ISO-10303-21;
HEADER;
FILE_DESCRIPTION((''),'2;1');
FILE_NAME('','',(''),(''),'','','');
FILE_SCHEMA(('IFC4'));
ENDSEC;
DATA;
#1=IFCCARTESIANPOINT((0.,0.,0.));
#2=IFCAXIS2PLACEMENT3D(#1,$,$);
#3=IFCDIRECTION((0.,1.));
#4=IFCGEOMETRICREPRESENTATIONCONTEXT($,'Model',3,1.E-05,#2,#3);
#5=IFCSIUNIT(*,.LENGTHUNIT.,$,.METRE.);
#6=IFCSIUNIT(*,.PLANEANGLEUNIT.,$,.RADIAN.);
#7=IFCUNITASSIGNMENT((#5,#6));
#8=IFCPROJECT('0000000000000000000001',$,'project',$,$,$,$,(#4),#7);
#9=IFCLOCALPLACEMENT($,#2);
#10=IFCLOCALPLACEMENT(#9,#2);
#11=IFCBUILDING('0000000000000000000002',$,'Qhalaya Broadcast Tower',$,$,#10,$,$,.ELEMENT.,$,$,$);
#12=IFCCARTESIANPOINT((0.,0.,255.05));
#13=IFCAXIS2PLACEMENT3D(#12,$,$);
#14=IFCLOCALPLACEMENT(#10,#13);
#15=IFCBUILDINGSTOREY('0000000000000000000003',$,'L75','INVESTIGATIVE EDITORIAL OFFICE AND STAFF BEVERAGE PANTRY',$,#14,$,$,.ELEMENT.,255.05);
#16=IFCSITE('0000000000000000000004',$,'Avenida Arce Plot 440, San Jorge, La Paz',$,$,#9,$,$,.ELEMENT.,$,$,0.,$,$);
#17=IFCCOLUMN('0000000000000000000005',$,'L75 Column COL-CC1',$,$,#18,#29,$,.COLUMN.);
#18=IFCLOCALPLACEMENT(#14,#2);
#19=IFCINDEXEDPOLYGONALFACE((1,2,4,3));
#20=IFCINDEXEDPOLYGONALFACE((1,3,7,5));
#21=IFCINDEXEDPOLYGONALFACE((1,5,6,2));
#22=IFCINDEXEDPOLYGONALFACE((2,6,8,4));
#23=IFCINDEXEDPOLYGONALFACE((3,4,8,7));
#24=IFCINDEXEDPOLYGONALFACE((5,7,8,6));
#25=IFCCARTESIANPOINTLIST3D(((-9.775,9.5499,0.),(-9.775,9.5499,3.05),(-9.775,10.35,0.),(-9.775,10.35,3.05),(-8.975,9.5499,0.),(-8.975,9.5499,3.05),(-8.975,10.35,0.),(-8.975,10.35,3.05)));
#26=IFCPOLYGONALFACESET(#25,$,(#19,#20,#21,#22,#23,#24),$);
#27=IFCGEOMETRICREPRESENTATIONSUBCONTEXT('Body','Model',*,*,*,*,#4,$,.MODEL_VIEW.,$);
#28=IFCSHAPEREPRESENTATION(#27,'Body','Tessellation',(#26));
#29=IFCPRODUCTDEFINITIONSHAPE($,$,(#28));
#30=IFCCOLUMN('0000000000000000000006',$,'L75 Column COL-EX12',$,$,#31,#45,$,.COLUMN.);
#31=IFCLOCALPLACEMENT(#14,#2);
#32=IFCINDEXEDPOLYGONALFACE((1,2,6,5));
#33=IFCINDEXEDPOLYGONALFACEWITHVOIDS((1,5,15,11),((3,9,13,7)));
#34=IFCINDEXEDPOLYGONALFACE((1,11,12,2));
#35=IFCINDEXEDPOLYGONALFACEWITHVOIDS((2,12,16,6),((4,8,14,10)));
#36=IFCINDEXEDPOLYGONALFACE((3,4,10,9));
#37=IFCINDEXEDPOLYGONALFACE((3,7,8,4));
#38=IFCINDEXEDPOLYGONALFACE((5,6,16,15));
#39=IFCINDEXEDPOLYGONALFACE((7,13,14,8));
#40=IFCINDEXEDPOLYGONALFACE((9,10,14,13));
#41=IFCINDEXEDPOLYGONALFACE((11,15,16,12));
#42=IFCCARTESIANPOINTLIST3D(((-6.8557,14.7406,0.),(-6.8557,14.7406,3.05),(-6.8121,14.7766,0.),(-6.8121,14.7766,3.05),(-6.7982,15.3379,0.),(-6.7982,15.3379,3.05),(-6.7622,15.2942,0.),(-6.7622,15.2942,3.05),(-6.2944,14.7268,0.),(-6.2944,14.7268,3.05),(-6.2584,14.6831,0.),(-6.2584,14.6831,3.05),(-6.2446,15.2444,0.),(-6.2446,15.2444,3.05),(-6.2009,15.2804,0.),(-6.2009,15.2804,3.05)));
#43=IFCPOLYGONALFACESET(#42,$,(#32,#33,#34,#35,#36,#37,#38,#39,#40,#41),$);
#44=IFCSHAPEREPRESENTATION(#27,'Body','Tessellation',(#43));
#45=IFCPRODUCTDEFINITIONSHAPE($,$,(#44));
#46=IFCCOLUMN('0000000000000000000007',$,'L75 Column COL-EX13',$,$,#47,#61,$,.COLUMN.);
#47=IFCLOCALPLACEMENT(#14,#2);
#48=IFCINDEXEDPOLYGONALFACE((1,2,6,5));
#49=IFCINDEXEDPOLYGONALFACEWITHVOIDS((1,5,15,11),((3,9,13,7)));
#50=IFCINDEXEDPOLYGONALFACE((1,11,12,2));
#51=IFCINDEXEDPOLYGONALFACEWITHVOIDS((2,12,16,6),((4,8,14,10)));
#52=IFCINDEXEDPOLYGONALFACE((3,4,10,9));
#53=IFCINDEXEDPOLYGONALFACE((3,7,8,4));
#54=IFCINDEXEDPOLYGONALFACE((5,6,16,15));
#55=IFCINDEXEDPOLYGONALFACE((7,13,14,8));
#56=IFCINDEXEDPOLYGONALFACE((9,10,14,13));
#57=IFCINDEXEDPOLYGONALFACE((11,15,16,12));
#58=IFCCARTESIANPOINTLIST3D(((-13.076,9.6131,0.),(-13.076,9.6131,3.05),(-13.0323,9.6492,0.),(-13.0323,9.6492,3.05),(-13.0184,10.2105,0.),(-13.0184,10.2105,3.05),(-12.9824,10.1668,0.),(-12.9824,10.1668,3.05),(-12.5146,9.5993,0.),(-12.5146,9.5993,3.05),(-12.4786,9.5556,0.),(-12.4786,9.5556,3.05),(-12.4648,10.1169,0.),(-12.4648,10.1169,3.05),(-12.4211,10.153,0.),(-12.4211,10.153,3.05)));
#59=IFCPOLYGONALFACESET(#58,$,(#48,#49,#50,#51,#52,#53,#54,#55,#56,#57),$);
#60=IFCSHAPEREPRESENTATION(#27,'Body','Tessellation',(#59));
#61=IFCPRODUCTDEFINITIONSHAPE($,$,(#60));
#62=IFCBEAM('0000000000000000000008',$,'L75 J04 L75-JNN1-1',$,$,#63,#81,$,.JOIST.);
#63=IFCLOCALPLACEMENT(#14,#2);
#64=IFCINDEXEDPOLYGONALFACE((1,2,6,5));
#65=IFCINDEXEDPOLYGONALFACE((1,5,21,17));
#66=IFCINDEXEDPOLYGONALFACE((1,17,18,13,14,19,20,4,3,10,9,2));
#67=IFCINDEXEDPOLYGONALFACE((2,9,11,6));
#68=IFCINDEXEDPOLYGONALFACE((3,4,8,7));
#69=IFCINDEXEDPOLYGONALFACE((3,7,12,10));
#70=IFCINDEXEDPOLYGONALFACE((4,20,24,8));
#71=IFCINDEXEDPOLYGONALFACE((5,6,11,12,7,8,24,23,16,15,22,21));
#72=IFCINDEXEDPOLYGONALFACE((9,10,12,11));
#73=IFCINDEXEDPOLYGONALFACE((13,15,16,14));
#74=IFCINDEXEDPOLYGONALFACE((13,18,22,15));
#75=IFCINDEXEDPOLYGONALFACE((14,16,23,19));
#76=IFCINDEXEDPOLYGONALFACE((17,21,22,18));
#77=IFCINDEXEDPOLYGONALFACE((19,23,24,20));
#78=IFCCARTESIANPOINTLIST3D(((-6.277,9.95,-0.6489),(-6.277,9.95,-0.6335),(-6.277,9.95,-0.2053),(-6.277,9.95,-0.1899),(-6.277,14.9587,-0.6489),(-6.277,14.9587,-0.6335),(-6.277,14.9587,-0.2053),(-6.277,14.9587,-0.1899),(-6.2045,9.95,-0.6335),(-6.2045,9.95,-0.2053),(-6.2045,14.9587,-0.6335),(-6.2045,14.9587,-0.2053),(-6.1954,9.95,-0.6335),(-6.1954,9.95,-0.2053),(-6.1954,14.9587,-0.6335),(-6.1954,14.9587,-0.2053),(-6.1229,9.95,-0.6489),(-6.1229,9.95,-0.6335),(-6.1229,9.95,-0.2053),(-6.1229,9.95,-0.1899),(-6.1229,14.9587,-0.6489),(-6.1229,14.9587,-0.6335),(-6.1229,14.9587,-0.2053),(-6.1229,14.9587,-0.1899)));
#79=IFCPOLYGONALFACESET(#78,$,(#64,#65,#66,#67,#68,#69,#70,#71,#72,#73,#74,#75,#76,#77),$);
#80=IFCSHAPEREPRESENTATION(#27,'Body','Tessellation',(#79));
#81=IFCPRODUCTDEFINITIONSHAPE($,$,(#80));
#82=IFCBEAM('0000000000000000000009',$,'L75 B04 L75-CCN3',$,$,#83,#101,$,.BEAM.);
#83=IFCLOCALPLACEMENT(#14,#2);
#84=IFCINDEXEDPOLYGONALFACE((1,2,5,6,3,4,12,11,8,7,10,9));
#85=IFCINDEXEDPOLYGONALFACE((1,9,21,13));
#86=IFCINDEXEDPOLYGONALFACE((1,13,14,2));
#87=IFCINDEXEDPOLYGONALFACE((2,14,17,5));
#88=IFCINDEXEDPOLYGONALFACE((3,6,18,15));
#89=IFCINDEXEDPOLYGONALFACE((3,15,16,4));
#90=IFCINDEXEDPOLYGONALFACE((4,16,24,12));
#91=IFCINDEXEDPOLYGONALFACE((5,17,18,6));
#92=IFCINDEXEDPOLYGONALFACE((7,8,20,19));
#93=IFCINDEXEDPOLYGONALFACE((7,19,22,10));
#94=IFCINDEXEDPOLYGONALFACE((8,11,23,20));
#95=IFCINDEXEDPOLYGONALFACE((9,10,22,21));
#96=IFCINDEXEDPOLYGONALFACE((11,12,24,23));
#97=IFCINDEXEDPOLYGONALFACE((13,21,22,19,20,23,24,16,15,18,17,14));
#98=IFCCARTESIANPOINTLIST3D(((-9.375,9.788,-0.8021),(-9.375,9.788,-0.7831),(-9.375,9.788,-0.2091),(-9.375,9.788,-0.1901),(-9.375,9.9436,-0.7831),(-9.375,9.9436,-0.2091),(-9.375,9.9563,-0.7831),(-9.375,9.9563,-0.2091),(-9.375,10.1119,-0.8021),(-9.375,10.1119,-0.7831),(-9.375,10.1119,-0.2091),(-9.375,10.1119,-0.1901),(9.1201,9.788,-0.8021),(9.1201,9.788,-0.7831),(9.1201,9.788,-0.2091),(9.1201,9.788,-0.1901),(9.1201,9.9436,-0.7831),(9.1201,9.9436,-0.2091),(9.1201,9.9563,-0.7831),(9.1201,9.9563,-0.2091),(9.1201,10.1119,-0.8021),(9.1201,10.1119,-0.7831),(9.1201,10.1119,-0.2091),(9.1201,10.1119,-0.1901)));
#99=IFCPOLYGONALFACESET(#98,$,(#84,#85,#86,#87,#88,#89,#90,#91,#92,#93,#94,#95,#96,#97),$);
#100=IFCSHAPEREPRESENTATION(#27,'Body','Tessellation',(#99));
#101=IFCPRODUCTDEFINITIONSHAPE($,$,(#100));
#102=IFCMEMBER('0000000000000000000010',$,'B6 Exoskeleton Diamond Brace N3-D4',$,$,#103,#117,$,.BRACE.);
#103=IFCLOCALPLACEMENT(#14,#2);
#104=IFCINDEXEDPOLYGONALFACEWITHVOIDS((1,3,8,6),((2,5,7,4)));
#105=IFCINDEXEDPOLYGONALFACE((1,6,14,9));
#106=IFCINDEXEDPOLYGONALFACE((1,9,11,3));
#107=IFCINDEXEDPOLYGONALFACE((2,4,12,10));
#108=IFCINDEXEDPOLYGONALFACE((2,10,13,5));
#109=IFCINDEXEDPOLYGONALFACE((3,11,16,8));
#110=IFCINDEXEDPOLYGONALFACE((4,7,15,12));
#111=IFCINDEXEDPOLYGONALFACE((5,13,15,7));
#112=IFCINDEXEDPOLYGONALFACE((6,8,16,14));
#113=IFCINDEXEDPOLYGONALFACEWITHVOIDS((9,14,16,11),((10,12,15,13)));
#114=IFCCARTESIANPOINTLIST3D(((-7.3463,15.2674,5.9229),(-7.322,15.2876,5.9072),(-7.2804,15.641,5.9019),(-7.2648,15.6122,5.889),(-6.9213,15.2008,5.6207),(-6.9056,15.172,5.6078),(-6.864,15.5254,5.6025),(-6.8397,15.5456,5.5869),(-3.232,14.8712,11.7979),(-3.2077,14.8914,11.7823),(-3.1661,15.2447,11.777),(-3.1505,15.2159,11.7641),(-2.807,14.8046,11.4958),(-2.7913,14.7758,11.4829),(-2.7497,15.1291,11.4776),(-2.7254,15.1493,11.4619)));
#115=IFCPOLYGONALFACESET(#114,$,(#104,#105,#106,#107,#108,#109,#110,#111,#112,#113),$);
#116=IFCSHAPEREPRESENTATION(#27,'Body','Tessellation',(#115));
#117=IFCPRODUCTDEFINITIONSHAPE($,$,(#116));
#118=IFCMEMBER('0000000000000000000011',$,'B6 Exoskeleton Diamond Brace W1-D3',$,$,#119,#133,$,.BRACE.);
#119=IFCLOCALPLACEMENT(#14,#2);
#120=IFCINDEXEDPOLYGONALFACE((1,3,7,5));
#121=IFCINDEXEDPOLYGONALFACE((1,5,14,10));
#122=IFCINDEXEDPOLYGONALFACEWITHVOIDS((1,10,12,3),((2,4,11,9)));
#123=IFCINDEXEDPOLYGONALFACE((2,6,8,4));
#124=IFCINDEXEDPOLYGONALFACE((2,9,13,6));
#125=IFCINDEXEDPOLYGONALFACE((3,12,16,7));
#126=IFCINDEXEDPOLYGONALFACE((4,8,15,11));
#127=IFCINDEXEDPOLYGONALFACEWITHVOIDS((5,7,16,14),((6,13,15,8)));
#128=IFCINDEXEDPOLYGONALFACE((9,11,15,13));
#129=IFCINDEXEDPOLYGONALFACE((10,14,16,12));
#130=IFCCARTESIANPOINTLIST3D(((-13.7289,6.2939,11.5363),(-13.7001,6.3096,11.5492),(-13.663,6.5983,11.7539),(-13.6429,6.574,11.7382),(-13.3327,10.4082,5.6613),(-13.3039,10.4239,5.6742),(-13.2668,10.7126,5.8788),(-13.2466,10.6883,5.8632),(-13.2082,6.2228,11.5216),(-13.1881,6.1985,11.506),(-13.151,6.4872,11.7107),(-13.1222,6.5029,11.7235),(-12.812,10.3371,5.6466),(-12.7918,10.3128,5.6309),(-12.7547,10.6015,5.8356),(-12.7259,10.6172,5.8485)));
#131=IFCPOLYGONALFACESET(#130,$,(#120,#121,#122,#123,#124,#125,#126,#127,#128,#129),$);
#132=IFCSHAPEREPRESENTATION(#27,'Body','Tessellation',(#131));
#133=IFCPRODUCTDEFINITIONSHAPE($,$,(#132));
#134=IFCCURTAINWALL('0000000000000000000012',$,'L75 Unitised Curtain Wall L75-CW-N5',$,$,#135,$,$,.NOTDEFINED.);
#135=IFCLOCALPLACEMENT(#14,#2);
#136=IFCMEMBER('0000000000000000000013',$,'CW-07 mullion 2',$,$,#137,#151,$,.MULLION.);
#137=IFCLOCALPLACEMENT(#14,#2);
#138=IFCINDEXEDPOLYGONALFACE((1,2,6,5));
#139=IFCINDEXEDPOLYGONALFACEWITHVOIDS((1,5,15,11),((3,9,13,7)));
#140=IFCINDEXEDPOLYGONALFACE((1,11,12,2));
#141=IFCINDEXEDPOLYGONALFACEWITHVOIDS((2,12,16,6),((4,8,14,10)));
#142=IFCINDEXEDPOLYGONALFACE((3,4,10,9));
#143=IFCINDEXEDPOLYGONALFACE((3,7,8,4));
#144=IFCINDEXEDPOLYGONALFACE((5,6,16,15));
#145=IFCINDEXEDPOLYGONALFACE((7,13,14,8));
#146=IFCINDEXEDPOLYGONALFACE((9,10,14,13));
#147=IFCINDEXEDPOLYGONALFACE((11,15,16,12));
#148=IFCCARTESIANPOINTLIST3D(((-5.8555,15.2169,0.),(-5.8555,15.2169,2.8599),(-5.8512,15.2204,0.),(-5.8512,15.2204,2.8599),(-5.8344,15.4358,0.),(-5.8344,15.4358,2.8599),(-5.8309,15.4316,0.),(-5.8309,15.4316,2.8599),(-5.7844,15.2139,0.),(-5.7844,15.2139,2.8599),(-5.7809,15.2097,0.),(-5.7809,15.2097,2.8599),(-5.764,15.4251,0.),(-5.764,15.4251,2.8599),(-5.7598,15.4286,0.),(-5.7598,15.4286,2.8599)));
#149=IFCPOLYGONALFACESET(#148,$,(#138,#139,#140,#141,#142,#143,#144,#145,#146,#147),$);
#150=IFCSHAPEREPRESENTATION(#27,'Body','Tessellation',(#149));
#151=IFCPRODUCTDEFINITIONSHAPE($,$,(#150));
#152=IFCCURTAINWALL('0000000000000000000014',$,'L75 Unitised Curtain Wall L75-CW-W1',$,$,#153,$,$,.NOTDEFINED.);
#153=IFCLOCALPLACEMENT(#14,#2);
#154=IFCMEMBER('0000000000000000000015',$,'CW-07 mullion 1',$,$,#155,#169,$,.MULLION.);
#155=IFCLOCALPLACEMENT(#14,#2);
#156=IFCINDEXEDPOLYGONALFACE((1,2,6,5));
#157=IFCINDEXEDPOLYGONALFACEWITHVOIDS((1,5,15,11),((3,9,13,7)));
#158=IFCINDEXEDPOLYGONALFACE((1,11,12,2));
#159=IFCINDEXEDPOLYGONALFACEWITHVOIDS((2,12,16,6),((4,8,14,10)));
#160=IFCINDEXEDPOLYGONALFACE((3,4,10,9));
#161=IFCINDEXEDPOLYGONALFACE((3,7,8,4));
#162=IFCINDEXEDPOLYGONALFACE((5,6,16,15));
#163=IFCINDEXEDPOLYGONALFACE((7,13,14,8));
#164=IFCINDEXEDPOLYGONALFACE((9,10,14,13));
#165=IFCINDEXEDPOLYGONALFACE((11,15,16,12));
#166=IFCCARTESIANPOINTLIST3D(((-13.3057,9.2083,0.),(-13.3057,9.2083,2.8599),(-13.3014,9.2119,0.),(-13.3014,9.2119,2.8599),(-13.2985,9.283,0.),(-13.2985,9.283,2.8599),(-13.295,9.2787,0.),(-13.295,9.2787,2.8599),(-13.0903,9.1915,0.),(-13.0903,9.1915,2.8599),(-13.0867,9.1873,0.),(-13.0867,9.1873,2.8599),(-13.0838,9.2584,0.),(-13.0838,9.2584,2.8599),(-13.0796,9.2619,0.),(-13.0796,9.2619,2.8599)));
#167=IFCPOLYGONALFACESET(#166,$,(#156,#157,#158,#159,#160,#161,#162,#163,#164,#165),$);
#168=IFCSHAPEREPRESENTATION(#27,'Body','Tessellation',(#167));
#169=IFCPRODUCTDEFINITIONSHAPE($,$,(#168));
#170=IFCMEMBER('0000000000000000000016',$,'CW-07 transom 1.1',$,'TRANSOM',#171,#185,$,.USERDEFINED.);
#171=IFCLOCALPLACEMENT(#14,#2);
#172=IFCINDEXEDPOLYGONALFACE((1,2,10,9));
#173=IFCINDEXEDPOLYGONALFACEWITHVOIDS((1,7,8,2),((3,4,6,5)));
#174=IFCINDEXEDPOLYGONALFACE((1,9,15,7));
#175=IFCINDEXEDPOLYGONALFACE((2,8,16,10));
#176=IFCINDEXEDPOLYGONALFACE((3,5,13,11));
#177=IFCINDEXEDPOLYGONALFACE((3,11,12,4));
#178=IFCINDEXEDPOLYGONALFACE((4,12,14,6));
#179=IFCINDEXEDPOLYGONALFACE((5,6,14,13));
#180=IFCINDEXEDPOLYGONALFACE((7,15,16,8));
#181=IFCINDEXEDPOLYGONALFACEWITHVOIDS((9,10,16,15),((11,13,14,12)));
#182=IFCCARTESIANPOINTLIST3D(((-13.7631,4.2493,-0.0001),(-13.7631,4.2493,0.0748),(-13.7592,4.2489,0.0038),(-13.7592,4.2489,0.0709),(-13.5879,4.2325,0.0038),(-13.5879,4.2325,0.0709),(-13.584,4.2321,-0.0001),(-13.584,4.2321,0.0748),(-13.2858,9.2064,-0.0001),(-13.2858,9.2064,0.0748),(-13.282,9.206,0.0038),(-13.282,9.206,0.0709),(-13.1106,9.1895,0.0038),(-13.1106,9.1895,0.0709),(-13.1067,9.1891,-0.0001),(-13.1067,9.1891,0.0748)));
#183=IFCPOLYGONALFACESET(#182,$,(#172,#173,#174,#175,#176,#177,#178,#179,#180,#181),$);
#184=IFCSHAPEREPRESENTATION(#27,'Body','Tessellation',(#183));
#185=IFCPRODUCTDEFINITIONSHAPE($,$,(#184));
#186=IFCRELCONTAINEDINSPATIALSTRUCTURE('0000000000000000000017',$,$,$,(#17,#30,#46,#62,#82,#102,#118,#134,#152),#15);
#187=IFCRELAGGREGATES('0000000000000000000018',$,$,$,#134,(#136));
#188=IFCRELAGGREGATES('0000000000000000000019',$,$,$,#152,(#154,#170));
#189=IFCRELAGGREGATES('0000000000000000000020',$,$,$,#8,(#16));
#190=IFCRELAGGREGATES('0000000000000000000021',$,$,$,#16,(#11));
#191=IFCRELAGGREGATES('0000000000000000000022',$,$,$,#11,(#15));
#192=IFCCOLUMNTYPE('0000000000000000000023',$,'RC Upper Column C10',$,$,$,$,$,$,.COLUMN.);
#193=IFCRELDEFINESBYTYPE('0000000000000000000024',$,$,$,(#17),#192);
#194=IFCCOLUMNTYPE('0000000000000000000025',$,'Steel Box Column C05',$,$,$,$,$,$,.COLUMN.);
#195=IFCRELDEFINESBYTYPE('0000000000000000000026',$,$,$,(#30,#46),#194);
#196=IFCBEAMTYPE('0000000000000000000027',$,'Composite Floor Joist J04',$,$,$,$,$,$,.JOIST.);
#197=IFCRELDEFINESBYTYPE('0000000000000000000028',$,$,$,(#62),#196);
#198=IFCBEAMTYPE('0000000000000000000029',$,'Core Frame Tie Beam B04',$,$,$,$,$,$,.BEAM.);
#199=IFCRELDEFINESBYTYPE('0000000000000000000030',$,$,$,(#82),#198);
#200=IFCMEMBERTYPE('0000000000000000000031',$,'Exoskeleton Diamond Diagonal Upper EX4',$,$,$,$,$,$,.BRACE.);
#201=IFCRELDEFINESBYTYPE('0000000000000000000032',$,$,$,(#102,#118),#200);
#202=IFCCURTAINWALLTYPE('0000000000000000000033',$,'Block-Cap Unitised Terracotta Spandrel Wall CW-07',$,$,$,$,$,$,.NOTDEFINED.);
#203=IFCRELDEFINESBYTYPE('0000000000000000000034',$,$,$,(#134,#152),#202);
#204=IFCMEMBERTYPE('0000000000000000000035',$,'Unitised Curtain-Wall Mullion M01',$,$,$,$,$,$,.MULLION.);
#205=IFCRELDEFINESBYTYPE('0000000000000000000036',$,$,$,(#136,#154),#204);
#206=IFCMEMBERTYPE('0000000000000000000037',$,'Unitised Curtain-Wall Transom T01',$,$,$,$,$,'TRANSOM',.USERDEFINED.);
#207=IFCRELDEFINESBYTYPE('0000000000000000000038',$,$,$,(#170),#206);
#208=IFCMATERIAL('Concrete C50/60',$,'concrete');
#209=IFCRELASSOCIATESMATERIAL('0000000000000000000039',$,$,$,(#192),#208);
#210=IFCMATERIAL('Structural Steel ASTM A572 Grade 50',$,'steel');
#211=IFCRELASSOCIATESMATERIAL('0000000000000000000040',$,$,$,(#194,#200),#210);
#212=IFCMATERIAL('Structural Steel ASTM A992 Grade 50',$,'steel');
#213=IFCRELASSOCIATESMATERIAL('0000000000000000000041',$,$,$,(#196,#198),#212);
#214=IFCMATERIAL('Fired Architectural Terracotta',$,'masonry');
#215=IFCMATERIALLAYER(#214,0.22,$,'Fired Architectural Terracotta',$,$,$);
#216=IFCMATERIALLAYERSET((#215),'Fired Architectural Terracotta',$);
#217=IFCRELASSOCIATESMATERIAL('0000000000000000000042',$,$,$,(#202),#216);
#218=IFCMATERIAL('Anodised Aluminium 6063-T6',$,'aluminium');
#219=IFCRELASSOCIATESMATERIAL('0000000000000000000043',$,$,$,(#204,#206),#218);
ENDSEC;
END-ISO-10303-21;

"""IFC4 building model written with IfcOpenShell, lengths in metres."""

from ifc_helpers import new_model, si_unit, direction, frame, origin, origin_2d, place, context, subcontext, project, spatial, rectangle, hollow_rectangle, i_section, extrude, material, layer, layer_set, material_profile, profile_set, type_object, element, aggregate, save


model = new_model("IFC4")

# Units and contexts
model_context = context("Model", 3, precision=1e-05, world=origin(), true_north=direction((0.0, 1.0)))
body_context = subcontext(model_context, "Body", "Model", "MODEL_VIEW")
ifc_project = project(units=[si_unit("LENGTHUNIT", "METRE"), si_unit("PLANEANGLEUNIT", "RADIAN")], contexts=[model_context])

# Site, building, storey
site_placement = place(None, origin())
site = spatial("IfcSite", under=ifc_project, at=site_placement, Name="Avenida Arce Plot 440, San Jorge, La Paz", CompositionType="ELEMENT", RefElevation=0.0)
building_placement = place(site_placement, origin())
building = spatial("IfcBuilding", under=site, at=building_placement, Name="Qhalaya Broadcast Tower", CompositionType="ELEMENT")
storey_placement = place(building_placement, frame((0.0, 0.0, 255.05)))
storey = spatial("IfcBuildingStorey", under=building, at=storey_placement, Name="L75", Description="INVESTIGATIVE EDITORIAL OFFICE AND STAFF BEVERAGE PANTRY", CompositionType="ELEMENT", Elevation=255.05)

# Columns
ifc_material_1 = material(Name="Concrete C50/60", Category="concrete")
ifc_material_profile_1 = material_profile(ifc_material_1, rectangle(XDim=0.8, YDim=0.8, at=origin_2d()), Name="RC-COL 800x800")
ifc_profile_set_1 = profile_set([ifc_material_profile_1], Name="Concrete C50/60")
column_type_1 = type_object("IfcColumnType", Name="RC Upper Column C10", PredefinedType="COLUMN", material=ifc_profile_set_1)
column_placement = place(storey_placement, frame((-9.375, 9.95, 0.0), z_axis=(0.0, 0.0, 1.0), x_axis=(1.0, 0.0, 0.0)))
element("IfcColumn", 1, at=column_placement, inside=storey, type_object=column_type_1, Name="L75 Column COL-CC1", PredefinedType="COLUMN", context=body_context, shape_type="SweptSolid", body=[
    extrude(rectangle(XDim=0.8, YDim=0.8, at=origin_2d()), origin(), (0.0, 0.0, 1.0), 3.05),
])
ifc_material_2 = material(Name="Structural Steel ASTM A572 Grade 50", Category="steel")
ifc_material_profile_2 = material_profile(ifc_material_2, hollow_rectangle(XDim=0.6001, YDim=0.6001, WallThickness=0.04, at=origin_2d()), Name="BOX 600x600x40")
ifc_profile_set_2 = profile_set([ifc_material_profile_2], Name="Structural Steel ASTM A572 Grade 50")
column_type_2 = type_object("IfcColumnType", Name="Steel Box Column C05", PredefinedType="COLUMN", material=ifc_profile_set_2)
for number, where, z_axis, x_axis, name in (
    (2, (-6.5283, 15.0105, 0.0), (0.0, 0.0, 1.0), (0.995396, -0.095846, 0.0), "L75 Column COL-EX12"),
    (3, (-12.7485, 9.8831, 0.0), (0.0, 0.0, 1.0), (0.095846, 0.995396, 0.0), "L75 Column COL-EX13"),
):
    element("IfcColumn", number, at=place(storey_placement, frame(where, z_axis=z_axis, x_axis=x_axis)), inside=storey, type_object=column_type_2, Name=name, PredefinedType="COLUMN", context=body_context, shape_type="SweptSolid", body=[
        extrude(hollow_rectangle(XDim=0.6001, YDim=0.6001, WallThickness=0.04, at=origin_2d()), origin(), (0.0, 0.0, 1.0), 3.05),
    ])

# Beams
ifc_material_3 = material(Name="Structural Steel ASTM A992 Grade 50", Category="steel")
ifc_material_profile_3 = material_profile(ifc_material_3, i_section(OverallWidth=0.1541, OverallDepth=0.459, WebThickness=0.009, FlangeThickness=0.0154, at=origin_2d()), Name="W18X46")
ifc_profile_set_3 = profile_set([ifc_material_profile_3], Name="Structural Steel ASTM A992 Grade 50")
beam_type_1 = type_object("IfcBeamType", Name="Composite Floor Joist J04", PredefinedType="JOIST", material=ifc_profile_set_3)
beam_1_placement = place(storey_placement, frame((-6.2, 9.95, -0.4194), z_axis=(0.0, 1.0, 0.0), x_axis=(-1.0, 0.0, 0.0)))
element("IfcBeam", 4, at=beam_1_placement, inside=storey, type_object=beam_type_1, Name="L75 J04 L75-JNN1-1", PredefinedType="JOIST", context=body_context, shape_type="SweptSolid", body=[
    extrude(i_section(OverallWidth=0.1541, OverallDepth=0.459, WebThickness=0.009, FlangeThickness=0.0154, at=origin_2d()), origin(), (0.0, 0.0, 1.0), 5.0088),
])
ifc_material_profile_4 = material_profile(ifc_material_3, i_section(OverallWidth=0.324, OverallDepth=0.6121, WebThickness=0.0127, FlangeThickness=0.019, at=origin_2d()), Name="W24X104")
ifc_profile_set_4 = profile_set([ifc_material_profile_4], Name="Structural Steel ASTM A992 Grade 50")
beam_type_2 = type_object("IfcBeamType", Name="Core Frame Tie Beam B04", PredefinedType="BEAM", material=ifc_profile_set_4)
beam_2_placement = place(storey_placement, frame((-9.375, 9.95, -0.4961), z_axis=(1.0, 0.0, 0.0), x_axis=(0.0, 1.0, 0.0)))
element("IfcBeam", 5, at=beam_2_placement, inside=storey, type_object=beam_type_2, Name="L75 B04 L75-CCN3", PredefinedType="BEAM", context=body_context, shape_type="SweptSolid", body=[
    extrude(i_section(OverallWidth=0.324, OverallDepth=0.6121, WebThickness=0.0127, FlangeThickness=0.019, at=origin_2d()), origin(), (0.0, 0.0, 1.0), 18.4951),
])

# Members
ifc_material_profile_5 = material_profile(ifc_material_2, hollow_rectangle(XDim=0.3799, YDim=0.55, WallThickness=0.0249, at=origin_2d()), Name="BOX 380x550x25")
ifc_profile_set_5 = profile_set([ifc_material_profile_5], Name="Structural Steel ASTM A572 Grade 50")
member_type_1 = type_object("IfcMemberType", Name="Exoskeleton Diamond Diagonal Upper EX4", PredefinedType="BRACE", material=ifc_profile_set_5)
for number, where, z_axis, x_axis, name in (
    (6, (-7.093, 15.4065, 5.7549), (0.572753, -0.055161, 0.81787), (0.173452, 0.983297, -0.05515), "B6 Exoskeleton Diamond Brace N3-D4"),
    (7, (-13.0293, 10.5127, 5.7549), (-0.055161, -0.572753, 0.81787), (0.173449, 0.801166, 0.572755), "B6 Exoskeleton Diamond Brace W1-D3"),
):
    element("IfcMember", number, at=place(storey_placement, frame(where, z_axis=z_axis, x_axis=x_axis)), inside=storey, type_object=member_type_1, Name=name, PredefinedType="BRACE", context=body_context, shape_type="SweptSolid", body=[
        extrude(hollow_rectangle(XDim=0.3799, YDim=0.55, WallThickness=0.0249, at=origin_2d()), origin(), (0.0, 0.0, 1.0), 7.1833),
    ])

# Curtain wall, member
ifc_material_4 = material(Name="Fired Architectural Terracotta", Category="masonry")
ifc_layer_1 = layer(ifc_material_4, 0.22, Name="Fired Architectural Terracotta")
ifc_layer_set_1 = layer_set([ifc_layer_1], Name="Fired Architectural Terracotta")
curtain_wall_type = type_object("IfcCurtainWallType", Name="Block-Cap Unitised Terracotta Spandrel Wall CW-07", PredefinedType="NOTDEFINED", material=ifc_layer_set_1)
curtain_wall_1_placement = place(storey_placement, origin())
curtain_wall_1 = element("IfcCurtainWall", 8, at=curtain_wall_1_placement, inside=storey, type_object=curtain_wall_type, Name="L75 Unitised Curtain Wall L75-CW-N5", PredefinedType="NOTDEFINED")
ifc_material_5 = material(Name="Anodised Aluminium 6063-T6", Category="aluminium")
ifc_material_profile_6 = material_profile(ifc_material_5, hollow_rectangle(XDim=0.075, YDim=0.22, WallThickness=0.0039, at=origin_2d()), Name="ALU-MUL 75x220x4")
ifc_profile_set_6 = profile_set([ifc_material_profile_6], Name="Anodised Aluminium 6063-T6")
member_type_2 = type_object("IfcMemberType", Name="Unitised Curtain-Wall Mullion M01", PredefinedType="MULLION", material=ifc_profile_set_6)
member_1_placement = place(storey_placement, frame((-5.8076, 15.3228, 0.0), z_axis=(0.0, 0.0, 1.0), x_axis=(-0.995396, 0.095848, 0.0)))
member_1 = element("IfcMember", 9, at=member_1_placement, type_object=member_type_2, Name="CW-07 mullion 2", PredefinedType="MULLION", context=body_context, shape_type="SweptSolid", body=[
    extrude(hollow_rectangle(XDim=0.075, YDim=0.22, WallThickness=0.0039, at=origin_2d()), origin(), (0.0, 0.0, 1.0), 2.8599),
])
aggregate(curtain_wall_1, [member_1])

# Curtain wall, members
curtain_wall_2_placement = place(storey_placement, origin())
curtain_wall_2 = element("IfcCurtainWall", 10, at=curtain_wall_2_placement, inside=storey, type_object=curtain_wall_type, Name="L75 Unitised Curtain Wall L75-CW-W1", PredefinedType="NOTDEFINED")
member_2_placement = place(storey_placement, frame((-13.1926, 9.2351, 0.0), z_axis=(0.0, 0.0, 1.0), x_axis=(-0.095848, -0.995396, 0.0)))
member_2 = element("IfcMember", 11, at=member_2_placement, type_object=member_type_2, Name="CW-07 mullion 1", PredefinedType="MULLION", context=body_context, shape_type="SweptSolid", body=[
    extrude(hollow_rectangle(XDim=0.075, YDim=0.22, WallThickness=0.0039, at=origin_2d()), origin(), (0.0, 0.0, 1.0), 2.8599),
])
ifc_material_profile_7 = material_profile(ifc_material_5, hollow_rectangle(XDim=0.075, YDim=0.1799, WallThickness=0.0039, at=origin_2d()), Name="ALU-TRN 75x180x4")
ifc_profile_set_7 = profile_set([ifc_material_profile_7], Name="Anodised Aluminium 6063-T6")
member_type_3 = type_object("IfcMemberType", Name="Unitised Curtain-Wall Transom T01", ElementType="TRANSOM", PredefinedType="USERDEFINED", material=ifc_profile_set_7)
member_3_placement = place(storey_placement, frame((-13.1963, 9.1978, 0.0374), z_axis=(-0.095843, -0.995396, 0.0), x_axis=(0.0, 0.0, 1.0)))
member_3 = element("IfcMember", 12, at=member_3_placement, type_object=member_type_3, Name="CW-07 transom 1.1", ObjectType="TRANSOM", PredefinedType="USERDEFINED", context=body_context, shape_type="SweptSolid", body=[
    extrude(hollow_rectangle(XDim=0.075, YDim=0.1799, WallThickness=0.0039, at=origin_2d()), origin(), (0.0, 0.0, 1.0), 4.98),
])
aggregate(curtain_wall_2, [member_2, member_3])

save(model, "model.ifc")
